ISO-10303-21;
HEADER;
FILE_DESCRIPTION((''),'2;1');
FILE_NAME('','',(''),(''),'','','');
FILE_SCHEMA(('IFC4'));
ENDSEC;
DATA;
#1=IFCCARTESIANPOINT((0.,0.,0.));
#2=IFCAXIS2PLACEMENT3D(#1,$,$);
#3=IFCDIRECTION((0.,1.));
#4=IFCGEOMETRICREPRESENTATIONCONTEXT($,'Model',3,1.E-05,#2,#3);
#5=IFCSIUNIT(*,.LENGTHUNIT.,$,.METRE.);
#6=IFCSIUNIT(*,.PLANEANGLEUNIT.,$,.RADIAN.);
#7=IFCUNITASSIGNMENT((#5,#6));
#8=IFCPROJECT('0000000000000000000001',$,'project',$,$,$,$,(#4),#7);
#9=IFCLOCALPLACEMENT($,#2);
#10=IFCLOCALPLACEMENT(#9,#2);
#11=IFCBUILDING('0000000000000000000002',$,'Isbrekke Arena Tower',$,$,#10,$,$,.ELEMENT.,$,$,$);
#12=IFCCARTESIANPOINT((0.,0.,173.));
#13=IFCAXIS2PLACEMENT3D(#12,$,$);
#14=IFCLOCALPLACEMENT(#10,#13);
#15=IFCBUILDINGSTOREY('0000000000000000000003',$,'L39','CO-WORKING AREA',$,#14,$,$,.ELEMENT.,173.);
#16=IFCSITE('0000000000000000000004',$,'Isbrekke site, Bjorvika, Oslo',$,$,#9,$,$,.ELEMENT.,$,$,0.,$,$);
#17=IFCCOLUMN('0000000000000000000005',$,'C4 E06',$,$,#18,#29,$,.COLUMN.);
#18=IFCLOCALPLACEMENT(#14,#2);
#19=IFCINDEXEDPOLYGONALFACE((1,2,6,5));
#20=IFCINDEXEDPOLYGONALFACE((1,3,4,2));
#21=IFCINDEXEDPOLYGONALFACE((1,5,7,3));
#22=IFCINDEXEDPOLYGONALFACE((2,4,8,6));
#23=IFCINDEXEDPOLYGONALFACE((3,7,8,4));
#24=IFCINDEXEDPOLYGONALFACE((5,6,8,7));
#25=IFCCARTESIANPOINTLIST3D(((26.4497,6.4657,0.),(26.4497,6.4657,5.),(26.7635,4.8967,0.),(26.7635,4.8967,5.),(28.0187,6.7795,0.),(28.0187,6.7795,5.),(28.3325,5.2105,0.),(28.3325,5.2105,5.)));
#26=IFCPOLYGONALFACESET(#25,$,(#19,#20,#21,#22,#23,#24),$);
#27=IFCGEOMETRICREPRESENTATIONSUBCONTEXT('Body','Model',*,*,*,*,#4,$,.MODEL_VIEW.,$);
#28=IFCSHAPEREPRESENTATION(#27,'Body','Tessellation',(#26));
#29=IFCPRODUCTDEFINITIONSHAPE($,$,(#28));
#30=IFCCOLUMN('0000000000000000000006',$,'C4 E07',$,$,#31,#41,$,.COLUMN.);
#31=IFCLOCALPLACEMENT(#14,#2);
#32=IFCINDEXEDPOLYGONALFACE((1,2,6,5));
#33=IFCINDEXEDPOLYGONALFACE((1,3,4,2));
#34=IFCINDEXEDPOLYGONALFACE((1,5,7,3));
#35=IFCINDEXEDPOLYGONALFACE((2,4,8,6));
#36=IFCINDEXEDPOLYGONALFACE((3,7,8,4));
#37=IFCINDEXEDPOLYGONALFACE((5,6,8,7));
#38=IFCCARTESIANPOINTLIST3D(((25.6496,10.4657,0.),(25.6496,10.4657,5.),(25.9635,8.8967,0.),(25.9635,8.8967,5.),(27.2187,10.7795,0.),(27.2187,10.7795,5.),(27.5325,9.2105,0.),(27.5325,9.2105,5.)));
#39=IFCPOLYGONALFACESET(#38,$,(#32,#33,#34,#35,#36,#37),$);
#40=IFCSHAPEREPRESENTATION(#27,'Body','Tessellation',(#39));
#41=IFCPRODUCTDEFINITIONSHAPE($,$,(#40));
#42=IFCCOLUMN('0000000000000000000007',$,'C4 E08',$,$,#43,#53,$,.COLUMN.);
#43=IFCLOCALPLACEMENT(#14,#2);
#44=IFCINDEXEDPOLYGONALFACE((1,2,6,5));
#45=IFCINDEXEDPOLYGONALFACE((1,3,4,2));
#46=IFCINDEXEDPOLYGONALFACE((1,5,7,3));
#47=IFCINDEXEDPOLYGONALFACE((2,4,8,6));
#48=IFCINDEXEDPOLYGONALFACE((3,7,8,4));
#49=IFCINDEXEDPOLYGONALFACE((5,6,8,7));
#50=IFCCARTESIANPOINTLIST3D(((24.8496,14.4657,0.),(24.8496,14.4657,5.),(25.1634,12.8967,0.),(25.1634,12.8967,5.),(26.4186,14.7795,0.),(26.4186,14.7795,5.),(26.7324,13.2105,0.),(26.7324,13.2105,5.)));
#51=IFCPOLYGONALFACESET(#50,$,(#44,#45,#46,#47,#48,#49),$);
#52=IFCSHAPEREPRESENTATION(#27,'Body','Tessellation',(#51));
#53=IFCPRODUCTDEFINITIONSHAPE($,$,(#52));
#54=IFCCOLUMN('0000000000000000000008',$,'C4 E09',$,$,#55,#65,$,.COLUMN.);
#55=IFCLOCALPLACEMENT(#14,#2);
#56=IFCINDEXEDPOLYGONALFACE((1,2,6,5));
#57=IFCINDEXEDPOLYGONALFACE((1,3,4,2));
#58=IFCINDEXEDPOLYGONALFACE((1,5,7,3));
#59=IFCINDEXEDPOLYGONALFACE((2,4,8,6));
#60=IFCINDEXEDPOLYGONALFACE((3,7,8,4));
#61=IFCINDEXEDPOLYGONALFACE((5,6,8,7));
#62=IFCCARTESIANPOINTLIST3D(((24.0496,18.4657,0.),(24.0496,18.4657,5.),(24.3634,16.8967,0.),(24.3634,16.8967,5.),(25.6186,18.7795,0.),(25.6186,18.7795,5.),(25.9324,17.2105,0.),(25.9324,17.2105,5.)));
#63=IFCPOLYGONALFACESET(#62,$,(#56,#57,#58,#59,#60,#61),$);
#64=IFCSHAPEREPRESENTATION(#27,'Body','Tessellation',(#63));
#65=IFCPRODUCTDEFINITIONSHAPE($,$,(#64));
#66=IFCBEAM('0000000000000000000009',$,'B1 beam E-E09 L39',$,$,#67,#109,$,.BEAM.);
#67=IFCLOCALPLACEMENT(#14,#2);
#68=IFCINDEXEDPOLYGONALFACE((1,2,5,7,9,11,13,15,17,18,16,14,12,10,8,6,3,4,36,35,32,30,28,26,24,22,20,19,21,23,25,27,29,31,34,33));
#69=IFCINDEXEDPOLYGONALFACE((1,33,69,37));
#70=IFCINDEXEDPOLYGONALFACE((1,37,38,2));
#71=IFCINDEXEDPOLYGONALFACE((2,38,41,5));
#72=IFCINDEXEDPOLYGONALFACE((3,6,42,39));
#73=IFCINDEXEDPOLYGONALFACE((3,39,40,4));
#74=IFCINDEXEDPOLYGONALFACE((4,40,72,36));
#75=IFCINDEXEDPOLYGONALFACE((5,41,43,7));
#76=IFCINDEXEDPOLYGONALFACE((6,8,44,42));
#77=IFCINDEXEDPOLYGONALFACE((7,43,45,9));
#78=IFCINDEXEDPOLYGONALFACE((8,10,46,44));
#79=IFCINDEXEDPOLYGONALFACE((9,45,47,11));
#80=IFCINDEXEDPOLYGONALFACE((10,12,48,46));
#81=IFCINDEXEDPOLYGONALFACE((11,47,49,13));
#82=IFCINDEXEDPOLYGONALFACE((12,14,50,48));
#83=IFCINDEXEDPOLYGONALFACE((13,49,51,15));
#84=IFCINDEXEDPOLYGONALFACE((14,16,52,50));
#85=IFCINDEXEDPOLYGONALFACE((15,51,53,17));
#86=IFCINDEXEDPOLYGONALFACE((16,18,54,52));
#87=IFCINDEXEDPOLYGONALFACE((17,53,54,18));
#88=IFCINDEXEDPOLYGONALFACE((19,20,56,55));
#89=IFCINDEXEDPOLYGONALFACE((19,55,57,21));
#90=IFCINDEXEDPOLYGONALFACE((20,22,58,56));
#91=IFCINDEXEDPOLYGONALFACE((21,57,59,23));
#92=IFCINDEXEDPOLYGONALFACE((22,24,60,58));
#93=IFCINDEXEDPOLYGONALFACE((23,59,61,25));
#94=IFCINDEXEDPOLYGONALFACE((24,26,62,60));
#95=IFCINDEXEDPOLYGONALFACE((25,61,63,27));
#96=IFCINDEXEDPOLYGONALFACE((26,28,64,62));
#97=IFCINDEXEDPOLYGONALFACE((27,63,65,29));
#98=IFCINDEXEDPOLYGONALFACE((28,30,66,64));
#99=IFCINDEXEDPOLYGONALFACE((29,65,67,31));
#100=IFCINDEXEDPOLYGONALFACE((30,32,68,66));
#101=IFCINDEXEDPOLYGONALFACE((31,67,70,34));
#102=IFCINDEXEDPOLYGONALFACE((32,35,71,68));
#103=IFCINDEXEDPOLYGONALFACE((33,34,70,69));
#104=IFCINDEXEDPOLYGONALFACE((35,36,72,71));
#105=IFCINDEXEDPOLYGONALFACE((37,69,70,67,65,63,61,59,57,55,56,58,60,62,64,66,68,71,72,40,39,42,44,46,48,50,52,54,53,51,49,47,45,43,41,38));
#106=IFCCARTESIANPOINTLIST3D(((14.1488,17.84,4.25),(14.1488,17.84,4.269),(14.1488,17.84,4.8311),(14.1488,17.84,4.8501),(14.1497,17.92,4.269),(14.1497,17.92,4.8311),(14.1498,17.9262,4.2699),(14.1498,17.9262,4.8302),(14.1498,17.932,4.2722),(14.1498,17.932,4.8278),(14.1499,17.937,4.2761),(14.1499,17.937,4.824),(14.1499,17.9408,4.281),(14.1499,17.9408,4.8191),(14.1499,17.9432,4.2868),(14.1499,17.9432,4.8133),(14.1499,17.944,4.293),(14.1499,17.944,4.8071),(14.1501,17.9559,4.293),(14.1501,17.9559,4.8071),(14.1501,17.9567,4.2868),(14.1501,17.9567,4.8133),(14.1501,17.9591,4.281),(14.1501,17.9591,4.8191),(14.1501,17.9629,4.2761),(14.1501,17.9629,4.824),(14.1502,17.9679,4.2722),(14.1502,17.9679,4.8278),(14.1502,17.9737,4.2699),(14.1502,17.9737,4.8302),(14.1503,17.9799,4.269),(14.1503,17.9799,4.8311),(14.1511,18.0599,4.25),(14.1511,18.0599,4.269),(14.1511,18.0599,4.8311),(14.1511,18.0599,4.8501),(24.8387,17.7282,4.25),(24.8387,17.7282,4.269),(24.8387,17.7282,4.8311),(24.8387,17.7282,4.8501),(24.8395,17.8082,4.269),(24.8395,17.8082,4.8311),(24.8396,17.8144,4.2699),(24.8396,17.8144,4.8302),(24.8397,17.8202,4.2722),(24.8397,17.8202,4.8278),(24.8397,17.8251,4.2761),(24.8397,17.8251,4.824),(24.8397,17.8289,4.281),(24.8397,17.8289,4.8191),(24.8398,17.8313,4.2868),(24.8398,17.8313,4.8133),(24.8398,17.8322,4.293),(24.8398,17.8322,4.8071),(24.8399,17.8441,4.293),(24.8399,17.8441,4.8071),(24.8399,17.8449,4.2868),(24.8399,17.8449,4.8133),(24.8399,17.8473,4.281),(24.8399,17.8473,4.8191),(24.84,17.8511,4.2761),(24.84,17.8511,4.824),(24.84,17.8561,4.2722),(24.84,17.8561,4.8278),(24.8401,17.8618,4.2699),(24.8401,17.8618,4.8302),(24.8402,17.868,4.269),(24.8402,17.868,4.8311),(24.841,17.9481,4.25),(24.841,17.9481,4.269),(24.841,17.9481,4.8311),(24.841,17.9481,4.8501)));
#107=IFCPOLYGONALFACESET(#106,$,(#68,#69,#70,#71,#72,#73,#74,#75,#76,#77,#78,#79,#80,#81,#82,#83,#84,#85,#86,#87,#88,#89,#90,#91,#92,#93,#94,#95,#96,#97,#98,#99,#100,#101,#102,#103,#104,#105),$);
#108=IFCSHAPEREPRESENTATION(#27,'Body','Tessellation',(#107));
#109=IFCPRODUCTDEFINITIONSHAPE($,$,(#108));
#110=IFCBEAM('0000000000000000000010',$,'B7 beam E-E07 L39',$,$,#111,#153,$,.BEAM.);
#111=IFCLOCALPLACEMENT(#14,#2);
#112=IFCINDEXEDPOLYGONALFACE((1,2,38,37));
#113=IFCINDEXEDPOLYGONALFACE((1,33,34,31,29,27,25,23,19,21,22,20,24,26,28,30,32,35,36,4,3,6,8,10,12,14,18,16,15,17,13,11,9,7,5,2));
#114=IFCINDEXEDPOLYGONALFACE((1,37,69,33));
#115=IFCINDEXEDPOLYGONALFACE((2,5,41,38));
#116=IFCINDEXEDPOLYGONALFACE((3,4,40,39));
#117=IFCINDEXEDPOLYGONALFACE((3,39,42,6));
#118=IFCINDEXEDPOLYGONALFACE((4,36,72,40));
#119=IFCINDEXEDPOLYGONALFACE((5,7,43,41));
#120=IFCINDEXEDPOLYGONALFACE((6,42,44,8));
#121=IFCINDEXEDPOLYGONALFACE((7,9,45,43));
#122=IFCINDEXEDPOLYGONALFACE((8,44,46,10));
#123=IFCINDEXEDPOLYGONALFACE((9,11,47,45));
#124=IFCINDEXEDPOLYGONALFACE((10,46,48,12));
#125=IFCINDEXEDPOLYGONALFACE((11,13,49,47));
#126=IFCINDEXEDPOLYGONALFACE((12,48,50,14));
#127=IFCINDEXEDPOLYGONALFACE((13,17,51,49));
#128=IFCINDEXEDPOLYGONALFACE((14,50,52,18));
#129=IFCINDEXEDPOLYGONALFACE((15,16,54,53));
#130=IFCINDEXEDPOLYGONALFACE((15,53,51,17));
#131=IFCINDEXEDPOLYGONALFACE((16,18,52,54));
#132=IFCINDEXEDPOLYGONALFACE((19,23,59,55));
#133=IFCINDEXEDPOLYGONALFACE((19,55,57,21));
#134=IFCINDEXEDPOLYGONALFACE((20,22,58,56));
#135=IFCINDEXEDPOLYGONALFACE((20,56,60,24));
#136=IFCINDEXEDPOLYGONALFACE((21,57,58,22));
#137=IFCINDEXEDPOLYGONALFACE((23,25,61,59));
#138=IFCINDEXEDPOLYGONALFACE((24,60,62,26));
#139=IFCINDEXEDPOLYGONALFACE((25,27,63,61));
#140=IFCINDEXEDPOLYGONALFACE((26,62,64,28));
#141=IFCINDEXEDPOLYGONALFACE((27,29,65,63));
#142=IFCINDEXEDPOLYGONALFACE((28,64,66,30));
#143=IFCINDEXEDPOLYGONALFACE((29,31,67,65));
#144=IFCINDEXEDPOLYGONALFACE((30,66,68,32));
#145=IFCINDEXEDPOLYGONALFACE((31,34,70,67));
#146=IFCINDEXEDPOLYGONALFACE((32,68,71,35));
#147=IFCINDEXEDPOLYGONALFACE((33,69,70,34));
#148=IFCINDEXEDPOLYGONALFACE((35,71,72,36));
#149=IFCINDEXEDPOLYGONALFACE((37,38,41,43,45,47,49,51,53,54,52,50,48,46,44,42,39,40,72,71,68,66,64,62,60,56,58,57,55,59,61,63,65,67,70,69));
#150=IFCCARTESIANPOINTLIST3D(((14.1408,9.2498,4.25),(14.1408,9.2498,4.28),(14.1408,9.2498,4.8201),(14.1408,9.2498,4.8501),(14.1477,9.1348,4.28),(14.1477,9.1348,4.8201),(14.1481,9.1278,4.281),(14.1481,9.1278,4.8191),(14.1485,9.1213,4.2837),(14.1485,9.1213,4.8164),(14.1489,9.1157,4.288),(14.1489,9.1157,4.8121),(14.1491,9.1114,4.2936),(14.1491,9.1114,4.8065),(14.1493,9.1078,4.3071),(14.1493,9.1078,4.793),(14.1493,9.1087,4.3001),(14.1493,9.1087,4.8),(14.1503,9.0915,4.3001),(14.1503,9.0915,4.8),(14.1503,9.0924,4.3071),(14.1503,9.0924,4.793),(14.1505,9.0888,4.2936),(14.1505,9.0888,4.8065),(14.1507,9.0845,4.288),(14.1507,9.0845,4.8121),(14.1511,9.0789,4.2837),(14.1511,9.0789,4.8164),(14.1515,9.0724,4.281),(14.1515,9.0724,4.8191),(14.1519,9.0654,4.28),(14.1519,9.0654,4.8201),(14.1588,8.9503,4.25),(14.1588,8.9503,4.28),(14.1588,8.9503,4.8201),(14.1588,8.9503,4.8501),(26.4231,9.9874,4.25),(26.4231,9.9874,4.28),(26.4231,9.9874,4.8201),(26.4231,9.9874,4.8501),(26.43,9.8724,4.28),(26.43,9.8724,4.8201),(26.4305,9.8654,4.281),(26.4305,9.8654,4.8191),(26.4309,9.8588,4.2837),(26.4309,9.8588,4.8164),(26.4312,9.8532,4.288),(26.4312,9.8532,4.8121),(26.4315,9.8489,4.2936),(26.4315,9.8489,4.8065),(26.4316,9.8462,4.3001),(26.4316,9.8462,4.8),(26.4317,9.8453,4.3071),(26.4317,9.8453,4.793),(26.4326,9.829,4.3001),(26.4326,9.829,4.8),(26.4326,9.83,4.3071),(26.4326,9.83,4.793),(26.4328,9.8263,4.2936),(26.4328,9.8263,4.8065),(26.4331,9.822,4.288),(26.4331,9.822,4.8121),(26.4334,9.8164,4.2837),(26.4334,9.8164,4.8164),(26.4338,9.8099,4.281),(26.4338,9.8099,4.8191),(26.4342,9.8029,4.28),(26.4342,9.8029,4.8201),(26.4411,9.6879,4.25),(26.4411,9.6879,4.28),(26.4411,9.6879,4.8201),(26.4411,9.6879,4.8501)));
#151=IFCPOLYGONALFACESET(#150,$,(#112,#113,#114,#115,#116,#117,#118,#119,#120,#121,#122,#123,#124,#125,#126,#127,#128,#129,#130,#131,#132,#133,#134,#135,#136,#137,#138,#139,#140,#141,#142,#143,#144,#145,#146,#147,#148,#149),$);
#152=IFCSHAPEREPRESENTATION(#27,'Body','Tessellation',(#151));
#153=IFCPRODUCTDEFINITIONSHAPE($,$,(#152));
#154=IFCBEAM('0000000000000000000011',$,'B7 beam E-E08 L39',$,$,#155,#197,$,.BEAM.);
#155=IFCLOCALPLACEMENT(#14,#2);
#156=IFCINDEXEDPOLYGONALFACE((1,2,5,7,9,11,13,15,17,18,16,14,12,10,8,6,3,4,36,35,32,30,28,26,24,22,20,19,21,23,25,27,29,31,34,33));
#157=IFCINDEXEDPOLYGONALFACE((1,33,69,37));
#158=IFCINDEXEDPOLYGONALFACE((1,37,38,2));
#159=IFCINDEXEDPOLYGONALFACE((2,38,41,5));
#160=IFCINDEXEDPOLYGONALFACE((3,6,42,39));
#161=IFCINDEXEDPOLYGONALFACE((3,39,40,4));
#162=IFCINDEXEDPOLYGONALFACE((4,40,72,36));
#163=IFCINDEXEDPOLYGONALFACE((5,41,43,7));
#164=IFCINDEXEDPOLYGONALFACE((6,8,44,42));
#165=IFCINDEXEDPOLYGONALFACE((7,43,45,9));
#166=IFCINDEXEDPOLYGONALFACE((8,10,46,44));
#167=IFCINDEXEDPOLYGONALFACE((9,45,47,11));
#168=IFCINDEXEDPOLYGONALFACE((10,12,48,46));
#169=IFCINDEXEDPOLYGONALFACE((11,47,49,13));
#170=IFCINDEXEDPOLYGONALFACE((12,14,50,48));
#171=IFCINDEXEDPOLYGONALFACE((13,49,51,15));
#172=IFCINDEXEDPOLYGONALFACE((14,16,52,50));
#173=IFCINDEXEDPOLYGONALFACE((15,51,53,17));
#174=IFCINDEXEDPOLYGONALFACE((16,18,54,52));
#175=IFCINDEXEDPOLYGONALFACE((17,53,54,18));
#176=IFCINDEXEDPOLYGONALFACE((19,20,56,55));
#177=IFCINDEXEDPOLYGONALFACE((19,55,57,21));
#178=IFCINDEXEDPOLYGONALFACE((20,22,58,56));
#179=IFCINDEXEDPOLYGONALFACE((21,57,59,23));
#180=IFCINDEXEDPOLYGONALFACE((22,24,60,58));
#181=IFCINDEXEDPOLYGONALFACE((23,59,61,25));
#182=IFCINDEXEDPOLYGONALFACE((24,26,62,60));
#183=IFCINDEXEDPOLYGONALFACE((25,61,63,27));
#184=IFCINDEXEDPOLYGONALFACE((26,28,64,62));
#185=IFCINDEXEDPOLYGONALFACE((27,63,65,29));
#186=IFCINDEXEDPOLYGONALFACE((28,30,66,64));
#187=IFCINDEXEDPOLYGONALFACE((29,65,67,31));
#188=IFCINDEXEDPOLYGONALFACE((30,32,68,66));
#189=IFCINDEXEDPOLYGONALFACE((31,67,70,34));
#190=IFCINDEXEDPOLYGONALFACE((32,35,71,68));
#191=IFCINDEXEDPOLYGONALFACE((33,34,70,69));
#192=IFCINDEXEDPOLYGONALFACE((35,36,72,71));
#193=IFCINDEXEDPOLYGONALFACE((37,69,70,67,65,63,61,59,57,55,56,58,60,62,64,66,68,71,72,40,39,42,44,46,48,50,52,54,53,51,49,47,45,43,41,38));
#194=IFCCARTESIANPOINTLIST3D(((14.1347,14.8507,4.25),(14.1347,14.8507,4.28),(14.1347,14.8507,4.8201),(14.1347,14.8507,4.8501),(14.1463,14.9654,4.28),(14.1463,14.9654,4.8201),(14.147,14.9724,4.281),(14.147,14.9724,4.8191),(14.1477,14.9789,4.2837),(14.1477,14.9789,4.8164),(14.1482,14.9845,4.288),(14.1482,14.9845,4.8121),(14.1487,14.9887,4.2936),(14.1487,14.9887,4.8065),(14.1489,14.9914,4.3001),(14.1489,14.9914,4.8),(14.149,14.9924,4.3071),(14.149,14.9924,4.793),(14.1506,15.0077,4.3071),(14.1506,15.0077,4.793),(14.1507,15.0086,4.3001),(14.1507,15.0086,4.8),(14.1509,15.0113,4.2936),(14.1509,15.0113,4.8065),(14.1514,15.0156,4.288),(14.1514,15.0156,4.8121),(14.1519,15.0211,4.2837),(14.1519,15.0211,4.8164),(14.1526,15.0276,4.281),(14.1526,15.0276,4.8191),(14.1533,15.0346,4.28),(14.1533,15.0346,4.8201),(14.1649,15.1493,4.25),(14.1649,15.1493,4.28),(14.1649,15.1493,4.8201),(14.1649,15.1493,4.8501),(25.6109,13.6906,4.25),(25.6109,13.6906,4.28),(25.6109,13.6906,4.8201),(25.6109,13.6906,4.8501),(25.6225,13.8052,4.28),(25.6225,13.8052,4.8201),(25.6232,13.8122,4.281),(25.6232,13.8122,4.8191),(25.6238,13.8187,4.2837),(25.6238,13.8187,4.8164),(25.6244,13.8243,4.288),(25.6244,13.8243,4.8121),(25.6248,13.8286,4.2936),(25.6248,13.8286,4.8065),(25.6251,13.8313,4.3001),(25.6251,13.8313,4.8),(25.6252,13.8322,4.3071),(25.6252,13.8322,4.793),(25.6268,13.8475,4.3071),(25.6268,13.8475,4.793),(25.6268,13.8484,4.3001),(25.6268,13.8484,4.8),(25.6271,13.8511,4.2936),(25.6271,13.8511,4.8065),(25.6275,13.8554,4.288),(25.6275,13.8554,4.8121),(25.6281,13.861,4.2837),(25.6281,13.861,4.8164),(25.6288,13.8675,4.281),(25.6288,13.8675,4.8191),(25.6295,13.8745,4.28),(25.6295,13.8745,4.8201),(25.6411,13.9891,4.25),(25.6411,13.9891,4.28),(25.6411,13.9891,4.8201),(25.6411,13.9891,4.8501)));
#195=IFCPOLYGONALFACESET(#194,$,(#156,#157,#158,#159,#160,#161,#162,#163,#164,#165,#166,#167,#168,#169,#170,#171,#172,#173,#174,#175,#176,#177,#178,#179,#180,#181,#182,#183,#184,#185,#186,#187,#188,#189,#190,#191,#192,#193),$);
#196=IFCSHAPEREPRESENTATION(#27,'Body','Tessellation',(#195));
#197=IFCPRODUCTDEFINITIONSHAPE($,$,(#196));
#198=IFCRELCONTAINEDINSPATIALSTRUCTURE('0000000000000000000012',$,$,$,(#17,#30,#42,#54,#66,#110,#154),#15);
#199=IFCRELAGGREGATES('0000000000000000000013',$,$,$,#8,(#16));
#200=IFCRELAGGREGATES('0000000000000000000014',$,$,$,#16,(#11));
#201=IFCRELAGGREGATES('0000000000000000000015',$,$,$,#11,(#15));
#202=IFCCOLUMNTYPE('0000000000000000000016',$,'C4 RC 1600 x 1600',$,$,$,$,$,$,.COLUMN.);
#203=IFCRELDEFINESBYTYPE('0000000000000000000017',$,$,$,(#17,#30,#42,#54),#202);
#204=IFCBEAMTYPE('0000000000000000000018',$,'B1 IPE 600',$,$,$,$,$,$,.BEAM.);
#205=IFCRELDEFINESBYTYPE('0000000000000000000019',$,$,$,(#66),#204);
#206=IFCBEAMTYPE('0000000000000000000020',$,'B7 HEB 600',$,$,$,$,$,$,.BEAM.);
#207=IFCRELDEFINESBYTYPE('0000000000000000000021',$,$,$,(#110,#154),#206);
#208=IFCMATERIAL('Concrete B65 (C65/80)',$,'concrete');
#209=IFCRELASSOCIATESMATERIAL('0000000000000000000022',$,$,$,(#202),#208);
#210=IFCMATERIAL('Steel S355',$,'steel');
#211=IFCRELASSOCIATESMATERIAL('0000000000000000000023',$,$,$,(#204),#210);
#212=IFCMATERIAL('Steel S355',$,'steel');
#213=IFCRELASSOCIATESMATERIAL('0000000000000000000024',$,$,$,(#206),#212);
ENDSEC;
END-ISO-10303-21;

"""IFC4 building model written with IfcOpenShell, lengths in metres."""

from ifc_helpers import new_model, si_unit, direction, frame, origin, origin_2d, place, context, subcontext, project, spatial, rectangle, i_section, extrude, material, material_profile, profile_set, type_object, element, save


model = new_model("IFC4")

# Units and contexts
model_context = context("Model", 3, precision=1e-05, world=origin(), true_north=direction((0.0, 1.0)))
body_context = subcontext(model_context, "Body", "Model", "MODEL_VIEW")
ifc_project = project(units=[si_unit("LENGTHUNIT", "METRE"), si_unit("PLANEANGLEUNIT", "RADIAN")], contexts=[model_context])

# Site, building, storey
site_placement = place(None, origin())
site = spatial("IfcSite", under=ifc_project, at=site_placement, Name="Isbrekke site, Bjorvika, Oslo", CompositionType="ELEMENT", RefElevation=0.0)
building_placement = place(site_placement, origin())
building = spatial("IfcBuilding", under=site, at=building_placement, Name="Isbrekke Arena Tower", CompositionType="ELEMENT")
storey_placement = place(building_placement, frame((0.0, 0.0, 173.0)))
storey = spatial("IfcBuildingStorey", under=building, at=storey_placement, Name="L39", Description="CO-WORKING AREA", CompositionType="ELEMENT", Elevation=173.0)

# Columns
ifc_material_1 = material(Name="Concrete B65 (C65/80)", Category="concrete")
ifc_material_profile_1 = material_profile(ifc_material_1, rectangle(XDim=1.6001, YDim=1.6001, at=origin_2d()), Name="RC 1600x1600")
ifc_profile_set_1 = profile_set([ifc_material_profile_1], Name="Concrete B65 (C65/80)")
column_type = type_object("IfcColumnType", Name="C4 RC 1600 x 1600", PredefinedType="COLUMN", material=ifc_profile_set_1)
for number, where, z_axis, x_axis, name in (
    (1, (27.3911, 5.8381, 0.0), (0.0, 0.0, 1.0), (-0.196116, 0.980581, 0.0), "C4 E06"),
    (2, (26.5911, 9.8381, 0.0), (0.0, 0.0, 1.0), (-0.196116, 0.980581, 0.0), "C4 E07"),
    (3, (25.791, 13.8381, 0.0), (0.0, 0.0, 1.0), (-0.196116, 0.980581, 0.0), "C4 E08"),
    (4, (24.991, 17.8381, 0.0), (0.0, 0.0, 1.0), (-0.196116, 0.980581, 0.0), "C4 E09"),
):
    element("IfcColumn", number, at=place(storey_placement, frame(where, z_axis=z_axis, x_axis=x_axis)), inside=storey, type_object=column_type, Name=name, PredefinedType="COLUMN", context=body_context, shape_type="SweptSolid", body=[
        extrude(rectangle(XDim=1.6001, YDim=1.6001, at=origin_2d()), origin(), (0.0, 0.0, 1.0), 5.0),
    ])

# Beams
ifc_material_2 = material(Name="Steel S355", Category="steel")
ifc_material_profile_2 = material_profile(ifc_material_2, i_section(OverallWidth=0.22, OverallDepth=0.6001, WebThickness=0.012, FlangeThickness=0.019, FilletRadius=0.0239, at=origin_2d()), Name="IPE 600")
ifc_profile_set_2 = profile_set([ifc_material_profile_2], Name="Steel S355")
beam_type_1 = type_object("IfcBeamType", Name="B1 IPE 600", PredefinedType="BEAM", material=ifc_profile_set_2)
beam_1_placement = place(storey_placement, frame((24.8398, 17.8381, 4.55), z_axis=(-0.999945, 0.010459, 0.0), x_axis=(-0.010459, -0.999945, 0.0)))
element("IfcBeam", 5, at=beam_1_placement, inside=storey, type_object=beam_type_1, Name="B1 beam E-E09 L39", PredefinedType="BEAM", context=body_context, shape_type="SweptSolid", body=[
    extrude(i_section(OverallWidth=0.22, OverallDepth=0.6001, WebThickness=0.012, FlangeThickness=0.019, FilletRadius=0.0239, at=origin_2d()), origin(), (0.0, 0.0, 1.0), 10.6904),
])
ifc_material_3 = material(Name="Steel S355", Category="steel")
ifc_material_profile_3 = material_profile(ifc_material_3, i_section(OverallWidth=0.3, OverallDepth=0.6001, WebThickness=0.0154, FlangeThickness=0.03, FilletRadius=0.0271, at=origin_2d()), Name="HEB 600")
ifc_profile_set_3 = profile_set([ifc_material_profile_3], Name="Steel S355")
beam_type_2 = type_object("IfcBeamType", Name="B7 HEB 600", PredefinedType="BEAM", material=ifc_profile_set_3)
beam_2_placement = place(storey_placement, frame((26.4321, 9.8376, 4.55), z_axis=(-0.998202, -0.059942, 0.0), x_axis=(0.059942, -0.998202, 0.0)))
element("IfcBeam", 6, at=beam_2_placement, inside=storey, type_object=beam_type_2, Name="B7 beam E-E07 L39", PredefinedType="BEAM", context=body_context, shape_type="SweptSolid", body=[
    extrude(i_section(OverallWidth=0.3, OverallDepth=0.6001, WebThickness=0.0154, FlangeThickness=0.03, FilletRadius=0.0271, at=origin_2d()), origin(), (0.0, 0.0, 1.0), 12.3044),
])
beam_3_placement = place(storey_placement, frame((25.626, 13.8398, 4.55), z_axis=(-0.994929, 0.100581, 0.0), x_axis=(-0.100581, -0.994929, 0.0)))
element("IfcBeam", 7, at=beam_3_placement, inside=storey, type_object=beam_type_2, Name="B7 beam E-E08 L39", PredefinedType="BEAM", context=body_context, shape_type="SweptSolid", body=[
    extrude(i_section(OverallWidth=0.3, OverallDepth=0.6001, WebThickness=0.0154, FlangeThickness=0.03, FilletRadius=0.0271, at=origin_2d()), origin(), (0.0, 0.0, 1.0), 11.5347),
])

save(model, "model.ifc")
